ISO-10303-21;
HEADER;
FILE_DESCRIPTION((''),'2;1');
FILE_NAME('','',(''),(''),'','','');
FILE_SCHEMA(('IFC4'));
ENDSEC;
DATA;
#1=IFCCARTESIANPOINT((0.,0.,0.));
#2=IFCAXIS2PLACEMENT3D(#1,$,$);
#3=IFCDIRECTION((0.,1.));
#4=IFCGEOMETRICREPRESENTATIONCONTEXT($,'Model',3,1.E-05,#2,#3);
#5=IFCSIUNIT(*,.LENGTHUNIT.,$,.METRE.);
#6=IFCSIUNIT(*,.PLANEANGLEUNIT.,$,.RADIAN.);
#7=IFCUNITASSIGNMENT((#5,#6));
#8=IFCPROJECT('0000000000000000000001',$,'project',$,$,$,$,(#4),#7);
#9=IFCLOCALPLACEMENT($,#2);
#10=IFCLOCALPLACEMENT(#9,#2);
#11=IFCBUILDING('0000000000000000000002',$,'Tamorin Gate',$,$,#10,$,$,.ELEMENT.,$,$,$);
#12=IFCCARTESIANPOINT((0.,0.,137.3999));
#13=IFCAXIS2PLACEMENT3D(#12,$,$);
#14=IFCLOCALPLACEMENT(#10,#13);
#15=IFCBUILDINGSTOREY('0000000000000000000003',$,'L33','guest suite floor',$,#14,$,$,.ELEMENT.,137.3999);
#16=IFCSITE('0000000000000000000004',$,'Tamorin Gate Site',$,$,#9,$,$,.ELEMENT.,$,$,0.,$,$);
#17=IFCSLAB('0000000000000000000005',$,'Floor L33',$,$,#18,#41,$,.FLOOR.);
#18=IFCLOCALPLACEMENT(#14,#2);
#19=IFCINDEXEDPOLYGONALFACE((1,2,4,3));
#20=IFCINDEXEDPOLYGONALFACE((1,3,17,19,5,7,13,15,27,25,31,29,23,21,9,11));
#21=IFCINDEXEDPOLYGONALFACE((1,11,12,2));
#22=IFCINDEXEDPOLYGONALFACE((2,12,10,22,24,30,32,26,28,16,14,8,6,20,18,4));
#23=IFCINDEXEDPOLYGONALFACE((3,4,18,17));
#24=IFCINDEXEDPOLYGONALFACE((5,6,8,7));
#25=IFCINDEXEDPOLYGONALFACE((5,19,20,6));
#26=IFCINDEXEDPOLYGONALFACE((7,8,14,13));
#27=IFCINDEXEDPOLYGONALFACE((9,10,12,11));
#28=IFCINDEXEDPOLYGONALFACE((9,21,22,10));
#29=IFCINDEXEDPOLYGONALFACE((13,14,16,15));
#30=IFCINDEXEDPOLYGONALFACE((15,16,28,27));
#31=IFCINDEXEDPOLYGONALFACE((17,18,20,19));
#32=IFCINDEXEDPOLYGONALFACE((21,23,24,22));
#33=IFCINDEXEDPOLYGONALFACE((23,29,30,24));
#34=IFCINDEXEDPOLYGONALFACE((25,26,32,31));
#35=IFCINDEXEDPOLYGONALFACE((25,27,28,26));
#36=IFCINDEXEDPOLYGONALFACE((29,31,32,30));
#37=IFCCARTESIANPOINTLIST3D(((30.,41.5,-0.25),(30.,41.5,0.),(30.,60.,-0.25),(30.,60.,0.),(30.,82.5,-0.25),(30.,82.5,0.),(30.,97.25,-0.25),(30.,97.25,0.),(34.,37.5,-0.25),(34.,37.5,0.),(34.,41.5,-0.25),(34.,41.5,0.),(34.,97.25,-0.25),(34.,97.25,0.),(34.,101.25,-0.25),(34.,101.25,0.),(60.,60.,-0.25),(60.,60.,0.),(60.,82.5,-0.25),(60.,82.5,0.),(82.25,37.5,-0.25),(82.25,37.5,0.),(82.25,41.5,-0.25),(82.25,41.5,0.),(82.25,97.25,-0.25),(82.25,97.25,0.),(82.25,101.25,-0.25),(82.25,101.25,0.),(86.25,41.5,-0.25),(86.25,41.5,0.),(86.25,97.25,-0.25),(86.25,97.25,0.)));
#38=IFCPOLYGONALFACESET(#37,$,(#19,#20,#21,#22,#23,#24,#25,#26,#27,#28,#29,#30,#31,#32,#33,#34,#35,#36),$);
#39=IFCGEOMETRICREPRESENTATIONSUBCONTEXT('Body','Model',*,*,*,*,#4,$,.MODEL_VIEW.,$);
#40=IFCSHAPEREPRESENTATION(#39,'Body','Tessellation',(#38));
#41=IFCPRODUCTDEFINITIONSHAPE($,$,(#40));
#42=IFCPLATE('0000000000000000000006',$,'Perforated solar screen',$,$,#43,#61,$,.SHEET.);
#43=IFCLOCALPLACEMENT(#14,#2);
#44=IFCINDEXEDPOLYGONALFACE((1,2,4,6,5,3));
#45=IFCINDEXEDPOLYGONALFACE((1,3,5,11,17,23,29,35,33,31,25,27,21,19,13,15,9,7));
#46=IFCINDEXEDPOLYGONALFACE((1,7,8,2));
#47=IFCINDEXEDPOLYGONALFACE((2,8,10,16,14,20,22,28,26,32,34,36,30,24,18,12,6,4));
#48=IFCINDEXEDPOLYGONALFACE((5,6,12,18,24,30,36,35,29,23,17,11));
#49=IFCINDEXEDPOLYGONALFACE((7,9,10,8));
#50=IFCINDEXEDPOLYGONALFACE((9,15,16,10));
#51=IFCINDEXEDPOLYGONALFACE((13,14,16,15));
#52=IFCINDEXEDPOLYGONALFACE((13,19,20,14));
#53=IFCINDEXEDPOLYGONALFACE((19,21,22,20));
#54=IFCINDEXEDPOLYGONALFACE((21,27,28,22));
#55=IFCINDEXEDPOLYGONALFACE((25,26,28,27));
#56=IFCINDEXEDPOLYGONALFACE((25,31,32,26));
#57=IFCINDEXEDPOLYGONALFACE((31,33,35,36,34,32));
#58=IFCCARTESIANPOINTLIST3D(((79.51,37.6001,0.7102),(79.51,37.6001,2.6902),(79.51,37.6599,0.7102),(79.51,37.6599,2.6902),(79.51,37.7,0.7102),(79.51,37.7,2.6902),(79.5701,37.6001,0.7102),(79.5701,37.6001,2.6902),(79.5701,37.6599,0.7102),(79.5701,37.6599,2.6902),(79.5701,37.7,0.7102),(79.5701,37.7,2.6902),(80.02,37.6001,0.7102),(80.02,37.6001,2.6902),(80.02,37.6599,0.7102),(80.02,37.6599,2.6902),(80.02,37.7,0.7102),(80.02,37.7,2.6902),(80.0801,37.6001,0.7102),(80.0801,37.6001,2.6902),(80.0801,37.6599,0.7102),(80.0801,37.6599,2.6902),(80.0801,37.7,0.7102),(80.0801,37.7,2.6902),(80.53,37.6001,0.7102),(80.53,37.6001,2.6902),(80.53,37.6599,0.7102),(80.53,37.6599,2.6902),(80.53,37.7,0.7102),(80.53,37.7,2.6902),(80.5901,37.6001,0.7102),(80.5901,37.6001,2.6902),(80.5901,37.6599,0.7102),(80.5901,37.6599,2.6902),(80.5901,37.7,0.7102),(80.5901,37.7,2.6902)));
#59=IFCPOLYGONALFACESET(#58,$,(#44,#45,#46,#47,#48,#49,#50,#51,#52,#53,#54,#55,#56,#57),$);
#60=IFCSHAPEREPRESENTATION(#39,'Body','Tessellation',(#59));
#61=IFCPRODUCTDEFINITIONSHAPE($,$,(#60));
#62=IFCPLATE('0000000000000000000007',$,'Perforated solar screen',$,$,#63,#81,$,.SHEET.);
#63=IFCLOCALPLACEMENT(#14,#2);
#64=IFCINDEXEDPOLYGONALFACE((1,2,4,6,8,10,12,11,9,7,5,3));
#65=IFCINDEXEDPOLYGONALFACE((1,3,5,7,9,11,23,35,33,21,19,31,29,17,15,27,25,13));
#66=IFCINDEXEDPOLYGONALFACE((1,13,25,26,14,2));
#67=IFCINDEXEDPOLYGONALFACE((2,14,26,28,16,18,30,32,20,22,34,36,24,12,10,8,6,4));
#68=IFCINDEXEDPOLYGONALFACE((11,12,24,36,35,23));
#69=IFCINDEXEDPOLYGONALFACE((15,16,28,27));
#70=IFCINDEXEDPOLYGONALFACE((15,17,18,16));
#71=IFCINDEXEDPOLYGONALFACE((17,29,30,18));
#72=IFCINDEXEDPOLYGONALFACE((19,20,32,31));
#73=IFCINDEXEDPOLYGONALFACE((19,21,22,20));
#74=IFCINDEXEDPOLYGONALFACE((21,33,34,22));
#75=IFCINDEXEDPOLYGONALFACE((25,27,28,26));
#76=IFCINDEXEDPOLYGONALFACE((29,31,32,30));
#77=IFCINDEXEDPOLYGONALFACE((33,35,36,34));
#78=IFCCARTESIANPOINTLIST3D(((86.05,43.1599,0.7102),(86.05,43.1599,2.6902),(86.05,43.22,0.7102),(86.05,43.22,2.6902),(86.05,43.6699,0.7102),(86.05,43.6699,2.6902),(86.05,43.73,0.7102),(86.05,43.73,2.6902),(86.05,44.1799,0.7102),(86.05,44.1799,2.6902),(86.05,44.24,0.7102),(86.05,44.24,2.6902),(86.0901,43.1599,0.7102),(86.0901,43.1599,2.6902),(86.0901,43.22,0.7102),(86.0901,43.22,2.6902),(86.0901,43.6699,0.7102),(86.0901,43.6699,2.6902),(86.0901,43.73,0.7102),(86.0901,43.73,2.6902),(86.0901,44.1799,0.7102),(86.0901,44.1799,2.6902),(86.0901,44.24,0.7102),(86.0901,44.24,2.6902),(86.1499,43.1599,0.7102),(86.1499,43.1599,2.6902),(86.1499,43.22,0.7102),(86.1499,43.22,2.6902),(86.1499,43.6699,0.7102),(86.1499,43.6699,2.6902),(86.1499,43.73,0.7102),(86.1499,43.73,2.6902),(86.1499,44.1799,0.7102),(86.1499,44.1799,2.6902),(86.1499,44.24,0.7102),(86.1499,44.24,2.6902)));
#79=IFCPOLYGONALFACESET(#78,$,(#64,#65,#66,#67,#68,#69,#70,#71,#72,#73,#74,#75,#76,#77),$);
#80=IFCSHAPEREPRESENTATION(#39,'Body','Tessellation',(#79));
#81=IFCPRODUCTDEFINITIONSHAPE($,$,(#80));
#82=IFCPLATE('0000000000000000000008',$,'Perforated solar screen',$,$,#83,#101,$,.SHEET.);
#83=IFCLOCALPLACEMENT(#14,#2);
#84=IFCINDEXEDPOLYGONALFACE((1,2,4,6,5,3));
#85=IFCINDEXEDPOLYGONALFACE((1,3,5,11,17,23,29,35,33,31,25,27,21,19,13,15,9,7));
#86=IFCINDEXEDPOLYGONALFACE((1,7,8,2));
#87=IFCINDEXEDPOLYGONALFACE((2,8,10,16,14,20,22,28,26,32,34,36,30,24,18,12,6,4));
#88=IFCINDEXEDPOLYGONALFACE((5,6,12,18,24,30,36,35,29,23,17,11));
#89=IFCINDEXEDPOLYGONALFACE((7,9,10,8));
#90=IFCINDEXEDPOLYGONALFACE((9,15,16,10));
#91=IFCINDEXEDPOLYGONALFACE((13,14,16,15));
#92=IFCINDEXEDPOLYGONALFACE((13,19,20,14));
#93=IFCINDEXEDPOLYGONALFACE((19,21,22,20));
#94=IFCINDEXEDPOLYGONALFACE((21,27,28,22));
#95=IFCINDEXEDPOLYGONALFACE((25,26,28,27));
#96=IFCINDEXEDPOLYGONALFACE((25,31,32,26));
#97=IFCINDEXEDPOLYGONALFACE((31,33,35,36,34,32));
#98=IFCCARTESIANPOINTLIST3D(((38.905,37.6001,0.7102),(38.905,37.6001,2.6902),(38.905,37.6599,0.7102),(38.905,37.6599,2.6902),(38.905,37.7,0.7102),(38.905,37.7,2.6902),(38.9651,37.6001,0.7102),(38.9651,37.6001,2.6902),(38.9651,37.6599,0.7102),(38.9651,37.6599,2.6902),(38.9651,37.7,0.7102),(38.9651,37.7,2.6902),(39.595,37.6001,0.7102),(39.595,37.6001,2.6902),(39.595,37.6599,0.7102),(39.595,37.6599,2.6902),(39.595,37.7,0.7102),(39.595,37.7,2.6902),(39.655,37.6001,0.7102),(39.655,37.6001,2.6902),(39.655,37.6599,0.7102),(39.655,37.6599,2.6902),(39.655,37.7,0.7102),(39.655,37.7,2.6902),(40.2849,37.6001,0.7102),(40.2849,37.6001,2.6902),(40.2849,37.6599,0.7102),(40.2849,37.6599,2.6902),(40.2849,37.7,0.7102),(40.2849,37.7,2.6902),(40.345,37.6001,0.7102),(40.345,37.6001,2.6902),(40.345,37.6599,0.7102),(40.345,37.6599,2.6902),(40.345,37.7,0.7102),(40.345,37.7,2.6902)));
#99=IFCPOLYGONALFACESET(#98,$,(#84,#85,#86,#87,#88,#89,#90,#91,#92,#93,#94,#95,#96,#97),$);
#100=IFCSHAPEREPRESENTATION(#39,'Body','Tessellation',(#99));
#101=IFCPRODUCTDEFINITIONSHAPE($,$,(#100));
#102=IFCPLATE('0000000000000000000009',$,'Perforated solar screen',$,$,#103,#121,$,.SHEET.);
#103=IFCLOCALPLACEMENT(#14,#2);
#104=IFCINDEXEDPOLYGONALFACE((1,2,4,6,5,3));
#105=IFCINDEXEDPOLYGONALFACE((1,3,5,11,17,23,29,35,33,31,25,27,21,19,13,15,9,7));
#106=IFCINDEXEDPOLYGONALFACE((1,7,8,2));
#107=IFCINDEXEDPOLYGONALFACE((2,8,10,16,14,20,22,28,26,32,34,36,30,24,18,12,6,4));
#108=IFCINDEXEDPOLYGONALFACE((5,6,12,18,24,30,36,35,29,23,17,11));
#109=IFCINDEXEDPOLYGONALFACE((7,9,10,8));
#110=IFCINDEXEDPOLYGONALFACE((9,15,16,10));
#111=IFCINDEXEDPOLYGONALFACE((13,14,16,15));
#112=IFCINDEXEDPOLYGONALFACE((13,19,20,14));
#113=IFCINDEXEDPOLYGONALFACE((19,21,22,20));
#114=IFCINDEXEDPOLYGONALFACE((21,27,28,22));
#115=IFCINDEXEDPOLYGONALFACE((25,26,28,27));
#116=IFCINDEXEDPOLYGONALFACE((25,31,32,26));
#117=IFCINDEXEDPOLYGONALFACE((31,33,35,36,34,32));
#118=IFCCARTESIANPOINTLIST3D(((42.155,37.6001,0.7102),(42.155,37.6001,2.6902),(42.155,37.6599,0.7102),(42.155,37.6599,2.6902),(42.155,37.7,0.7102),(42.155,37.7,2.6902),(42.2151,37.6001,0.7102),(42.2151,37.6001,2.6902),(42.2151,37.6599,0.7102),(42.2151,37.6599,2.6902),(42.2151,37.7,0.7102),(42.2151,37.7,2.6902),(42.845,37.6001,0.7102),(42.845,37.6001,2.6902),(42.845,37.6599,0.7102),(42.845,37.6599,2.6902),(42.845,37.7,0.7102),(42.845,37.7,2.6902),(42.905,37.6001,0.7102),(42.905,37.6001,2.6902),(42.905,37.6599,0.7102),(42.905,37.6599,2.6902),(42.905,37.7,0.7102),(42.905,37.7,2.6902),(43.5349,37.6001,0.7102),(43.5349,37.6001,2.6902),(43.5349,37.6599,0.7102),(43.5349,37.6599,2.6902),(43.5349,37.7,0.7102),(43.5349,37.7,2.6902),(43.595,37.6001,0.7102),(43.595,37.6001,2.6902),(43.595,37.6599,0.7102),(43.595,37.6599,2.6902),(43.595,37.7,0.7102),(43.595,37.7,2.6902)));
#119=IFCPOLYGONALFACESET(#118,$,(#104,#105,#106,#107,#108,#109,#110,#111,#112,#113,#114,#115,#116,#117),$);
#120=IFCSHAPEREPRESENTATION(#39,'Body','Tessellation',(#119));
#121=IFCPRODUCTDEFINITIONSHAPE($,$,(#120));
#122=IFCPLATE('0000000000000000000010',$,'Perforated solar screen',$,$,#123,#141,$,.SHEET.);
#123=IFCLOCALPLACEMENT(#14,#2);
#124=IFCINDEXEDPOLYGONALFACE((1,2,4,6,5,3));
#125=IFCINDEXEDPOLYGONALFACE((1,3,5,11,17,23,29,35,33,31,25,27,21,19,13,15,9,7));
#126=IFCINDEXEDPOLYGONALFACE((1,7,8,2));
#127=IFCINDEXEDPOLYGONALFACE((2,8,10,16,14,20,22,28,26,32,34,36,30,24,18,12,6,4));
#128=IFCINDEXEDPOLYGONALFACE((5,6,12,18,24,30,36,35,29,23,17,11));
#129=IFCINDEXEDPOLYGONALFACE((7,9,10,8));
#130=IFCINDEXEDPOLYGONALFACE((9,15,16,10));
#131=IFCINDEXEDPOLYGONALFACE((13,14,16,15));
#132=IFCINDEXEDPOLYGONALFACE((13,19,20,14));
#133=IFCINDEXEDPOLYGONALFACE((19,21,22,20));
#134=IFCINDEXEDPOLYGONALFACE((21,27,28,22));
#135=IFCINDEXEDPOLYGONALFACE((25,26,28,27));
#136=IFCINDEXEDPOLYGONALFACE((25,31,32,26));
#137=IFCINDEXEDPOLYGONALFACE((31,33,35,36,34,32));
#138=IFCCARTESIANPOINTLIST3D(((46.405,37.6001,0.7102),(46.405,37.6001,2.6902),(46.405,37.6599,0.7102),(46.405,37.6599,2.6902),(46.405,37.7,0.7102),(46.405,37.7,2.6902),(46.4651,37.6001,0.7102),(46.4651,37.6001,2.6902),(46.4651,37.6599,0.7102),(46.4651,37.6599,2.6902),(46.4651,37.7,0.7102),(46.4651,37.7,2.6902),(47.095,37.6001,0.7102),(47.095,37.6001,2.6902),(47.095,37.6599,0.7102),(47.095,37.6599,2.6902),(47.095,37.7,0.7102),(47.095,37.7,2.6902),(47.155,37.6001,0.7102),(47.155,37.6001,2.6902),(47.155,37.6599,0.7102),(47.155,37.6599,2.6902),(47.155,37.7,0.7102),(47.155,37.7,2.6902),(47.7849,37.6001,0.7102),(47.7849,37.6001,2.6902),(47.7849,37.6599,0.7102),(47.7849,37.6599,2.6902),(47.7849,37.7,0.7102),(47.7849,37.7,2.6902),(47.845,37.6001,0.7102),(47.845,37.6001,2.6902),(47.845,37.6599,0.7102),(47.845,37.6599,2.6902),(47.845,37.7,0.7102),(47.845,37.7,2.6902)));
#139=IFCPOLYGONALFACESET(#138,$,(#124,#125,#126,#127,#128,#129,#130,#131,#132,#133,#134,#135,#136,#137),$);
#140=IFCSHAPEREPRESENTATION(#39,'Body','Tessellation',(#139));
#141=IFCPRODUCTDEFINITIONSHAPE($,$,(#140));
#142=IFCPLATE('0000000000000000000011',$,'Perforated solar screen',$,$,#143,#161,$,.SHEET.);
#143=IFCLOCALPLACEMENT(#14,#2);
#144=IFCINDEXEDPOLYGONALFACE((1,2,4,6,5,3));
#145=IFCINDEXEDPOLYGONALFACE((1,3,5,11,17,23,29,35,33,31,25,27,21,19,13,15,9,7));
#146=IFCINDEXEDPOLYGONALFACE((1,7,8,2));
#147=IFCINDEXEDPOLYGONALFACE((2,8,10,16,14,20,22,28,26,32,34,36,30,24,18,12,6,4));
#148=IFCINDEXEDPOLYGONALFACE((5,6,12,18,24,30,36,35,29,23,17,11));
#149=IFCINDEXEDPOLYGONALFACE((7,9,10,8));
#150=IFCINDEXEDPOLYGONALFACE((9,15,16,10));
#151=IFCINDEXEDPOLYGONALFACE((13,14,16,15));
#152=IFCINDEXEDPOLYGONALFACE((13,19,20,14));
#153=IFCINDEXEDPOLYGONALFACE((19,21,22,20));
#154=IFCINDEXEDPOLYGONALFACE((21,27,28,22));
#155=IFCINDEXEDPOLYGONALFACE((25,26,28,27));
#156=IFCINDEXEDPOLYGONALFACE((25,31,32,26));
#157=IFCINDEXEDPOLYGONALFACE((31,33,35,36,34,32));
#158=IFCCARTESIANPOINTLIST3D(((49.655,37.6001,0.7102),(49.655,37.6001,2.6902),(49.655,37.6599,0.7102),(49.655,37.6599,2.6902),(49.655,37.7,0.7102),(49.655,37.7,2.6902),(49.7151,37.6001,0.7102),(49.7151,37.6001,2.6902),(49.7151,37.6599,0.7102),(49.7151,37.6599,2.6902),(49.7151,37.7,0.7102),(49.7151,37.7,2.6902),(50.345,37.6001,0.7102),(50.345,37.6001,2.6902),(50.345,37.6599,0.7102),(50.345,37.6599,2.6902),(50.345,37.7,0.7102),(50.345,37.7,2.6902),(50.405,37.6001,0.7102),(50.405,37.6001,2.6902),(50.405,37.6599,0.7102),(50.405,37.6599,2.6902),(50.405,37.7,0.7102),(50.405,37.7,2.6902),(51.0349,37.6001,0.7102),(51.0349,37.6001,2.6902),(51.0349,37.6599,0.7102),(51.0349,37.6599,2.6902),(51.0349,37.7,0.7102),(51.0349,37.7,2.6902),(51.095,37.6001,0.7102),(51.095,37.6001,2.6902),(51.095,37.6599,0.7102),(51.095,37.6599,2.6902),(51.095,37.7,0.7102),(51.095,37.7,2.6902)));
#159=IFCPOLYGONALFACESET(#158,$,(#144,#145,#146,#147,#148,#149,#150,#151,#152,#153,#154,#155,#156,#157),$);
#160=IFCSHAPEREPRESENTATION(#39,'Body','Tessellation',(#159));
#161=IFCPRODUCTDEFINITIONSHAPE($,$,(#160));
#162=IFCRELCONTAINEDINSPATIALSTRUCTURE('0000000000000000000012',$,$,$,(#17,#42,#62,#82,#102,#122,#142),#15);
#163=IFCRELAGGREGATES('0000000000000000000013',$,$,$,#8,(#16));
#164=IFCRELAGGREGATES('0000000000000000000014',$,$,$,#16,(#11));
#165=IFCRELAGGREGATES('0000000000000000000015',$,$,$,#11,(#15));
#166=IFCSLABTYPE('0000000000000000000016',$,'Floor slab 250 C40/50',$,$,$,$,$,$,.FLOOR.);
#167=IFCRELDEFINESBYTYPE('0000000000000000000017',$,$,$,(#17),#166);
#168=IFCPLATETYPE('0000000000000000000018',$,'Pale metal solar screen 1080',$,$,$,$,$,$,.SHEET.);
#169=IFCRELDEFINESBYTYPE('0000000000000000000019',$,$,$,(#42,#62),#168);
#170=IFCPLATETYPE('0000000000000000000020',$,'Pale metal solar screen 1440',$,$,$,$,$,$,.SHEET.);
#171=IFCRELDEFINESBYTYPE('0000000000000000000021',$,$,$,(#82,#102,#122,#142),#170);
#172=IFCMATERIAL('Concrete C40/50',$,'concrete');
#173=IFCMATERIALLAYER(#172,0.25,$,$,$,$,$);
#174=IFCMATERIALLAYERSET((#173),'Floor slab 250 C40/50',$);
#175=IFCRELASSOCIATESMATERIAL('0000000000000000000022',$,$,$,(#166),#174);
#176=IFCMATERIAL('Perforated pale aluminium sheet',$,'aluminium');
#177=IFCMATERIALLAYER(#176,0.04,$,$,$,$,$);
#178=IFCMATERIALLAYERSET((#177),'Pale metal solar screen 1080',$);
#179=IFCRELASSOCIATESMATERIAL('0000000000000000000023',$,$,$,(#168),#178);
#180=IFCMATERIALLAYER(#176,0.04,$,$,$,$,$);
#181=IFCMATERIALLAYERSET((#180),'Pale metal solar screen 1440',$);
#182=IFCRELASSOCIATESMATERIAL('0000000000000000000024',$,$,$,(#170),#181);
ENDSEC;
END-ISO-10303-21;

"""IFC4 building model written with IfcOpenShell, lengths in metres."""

from ifc_helpers import new_model, si_unit, direction, frame, origin, place, context, subcontext, project, spatial, polyline, outline, extrude, material, layer, layer_set, type_object, element, save


model = new_model("IFC4")

# Units and contexts
model_context = context("Model", 3, precision=1e-05, world=origin(), true_north=direction((0.0, 1.0)))
body_context = subcontext(model_context, "Body", "Model", "MODEL_VIEW")
ifc_project = project(units=[si_unit("LENGTHUNIT", "METRE"), si_unit("PLANEANGLEUNIT", "RADIAN")], contexts=[model_context])

# Site, building, storey
site_placement = place(None, origin())
site = spatial("IfcSite", under=ifc_project, at=site_placement, Name="Tamorin Gate Site", CompositionType="ELEMENT", RefElevation=0.0)
building_placement = place(site_placement, origin())
building = spatial("IfcBuilding", under=site, at=building_placement, Name="Tamorin Gate", CompositionType="ELEMENT")
storey_placement = place(building_placement, frame((0.0, 0.0, 137.3999)))
storey = spatial("IfcBuildingStorey", under=building, at=storey_placement, Name="L33", Description="guest suite floor", CompositionType="ELEMENT", Elevation=137.3999)

# Slab
ifc_material_1 = material(Name="Concrete C40/50", Category="concrete")
ifc_layer_1 = layer(ifc_material_1, 0.25)
ifc_layer_set_1 = layer_set([ifc_layer_1], Name="Floor slab 250 C40/50")
slab_type = type_object("IfcSlabType", Name="Floor slab 250 C40/50", PredefinedType="FLOOR", material=ifc_layer_set_1)
slab_placement = place(storey_placement, frame((0.0, 0.0, -0.25)))
element("IfcSlab", 1, at=slab_placement, inside=storey, type_object=slab_type, Name="Floor L33", PredefinedType="FLOOR", context=body_context, shape_type="SweptSolid", body=[
    extrude(outline(polyline([(30.0, 97.25), (34.0, 97.25), (34.0, 101.25), (82.25, 101.25), (82.25, 97.25), (86.25, 97.25), (86.25, 41.5), (82.25, 41.5), (82.25, 37.5), (34.0, 37.5), (34.0, 41.5), (30.0, 41.5), (30.0, 60.0), (60.0, 60.0), (60.0, 82.5), (30.0, 82.5), (30.0, 97.25)])), origin(), (0.0, 0.0, 1.0), 0.25),
])

# Plates
ifc_material_2 = material(Name="Perforated pale aluminium sheet", Category="aluminium")
ifc_layer_2 = layer(ifc_material_2, 0.04)
ifc_layer_set_2 = layer_set([ifc_layer_2], Name="Pale metal solar screen 1080")
plate_type_1 = type_object("IfcPlateType", Name="Pale metal solar screen 1080", PredefinedType="SHEET", material=ifc_layer_set_2)
plate_1_placement = place(storey_placement, frame((0.0, 0.0, 0.7102)))
element("IfcPlate", 2, at=plate_1_placement, inside=storey, type_object=plate_type_1, Name="Perforated solar screen", PredefinedType="SHEET", context=body_context, shape_type="SweptSolid", body=[
    extrude(outline(polyline([(79.51, 37.6599), (79.51, 37.7), (79.5701, 37.7), (80.02, 37.7), (80.0801, 37.7), (80.53, 37.7), (80.5901, 37.7), (80.5901, 37.6599), (80.5901, 37.6001), (80.53, 37.6001), (80.53, 37.6599), (80.0801, 37.6599), (80.0801, 37.6001), (80.02, 37.6001), (80.02, 37.6599), (79.5701, 37.6599), (79.5701, 37.6001), (79.51, 37.6001), (79.51, 37.6599)])), origin(), (0.0, 0.0, 1.0), 1.98),
])
plate_2_placement = place(storey_placement, frame((0.0, 0.0, 0.7102)))
element("IfcPlate", 3, at=plate_2_placement, inside=storey, type_object=plate_type_1, Name="Perforated solar screen", PredefinedType="SHEET", context=body_context, shape_type="SweptSolid", body=[
    extrude(outline(polyline([(86.0901, 43.1599), (86.05, 43.1599), (86.05, 43.22), (86.05, 43.6699), (86.05, 43.73), (86.05, 44.1799), (86.05, 44.24), (86.0901, 44.24), (86.1499, 44.24), (86.1499, 44.1799), (86.0901, 44.1799), (86.0901, 43.73), (86.1499, 43.73), (86.1499, 43.6699), (86.0901, 43.6699), (86.0901, 43.22), (86.1499, 43.22), (86.1499, 43.1599), (86.0901, 43.1599)])), origin(), (0.0, 0.0, 1.0), 1.98),
])
ifc_layer_3 = layer(ifc_material_2, 0.04)
ifc_layer_set_3 = layer_set([ifc_layer_3], Name="Pale metal solar screen 1440")
plate_type_2 = type_object("IfcPlateType", Name="Pale metal solar screen 1440", PredefinedType="SHEET", material=ifc_layer_set_3)
plate_3_placement = place(storey_placement, frame((0.0, 0.0, 0.7102)))
element("IfcPlate", 4, at=plate_3_placement, inside=storey, type_object=plate_type_2, Name="Perforated solar screen", PredefinedType="SHEET", context=body_context, shape_type="SweptSolid", body=[
    extrude(outline(polyline([(38.905, 37.6599), (38.905, 37.7), (38.9651, 37.7), (39.595, 37.7), (39.655, 37.7), (40.2849, 37.7), (40.345, 37.7), (40.345, 37.7), (40.345, 37.6599), (40.345, 37.6599), (40.345, 37.6001), (40.2849, 37.6001), (40.2849, 37.6599), (39.655, 37.6599), (39.655, 37.6001), (39.595, 37.6001), (39.595, 37.6599), (38.9651, 37.6599), (38.9651, 37.6001), (38.905, 37.6001), (38.905, 37.6599)])), origin(), (0.0, 0.0, 1.0), 1.98),
])
plate_4_placement = place(storey_placement, frame((0.0, 0.0, 0.7102)))
element("IfcPlate", 5, at=plate_4_placement, inside=storey, type_object=plate_type_2, Name="Perforated solar screen", PredefinedType="SHEET", context=body_context, shape_type="SweptSolid", body=[
    extrude(outline(polyline([(42.155, 37.6599), (42.155, 37.7), (42.2151, 37.7), (42.845, 37.7), (42.905, 37.7), (43.5349, 37.7), (43.595, 37.7), (43.595, 37.6599), (43.595, 37.6001), (43.5349, 37.6001), (43.5349, 37.6599), (42.905, 37.6599), (42.905, 37.6001), (42.845, 37.6001), (42.845, 37.6599), (42.2151, 37.6599), (42.2151, 37.6001), (42.155, 37.6001), (42.155, 37.6599)])), origin(), (0.0, 0.0, 1.0), 1.98),
])
plate_5_placement = place(storey_placement, frame((0.0, 0.0, 0.7102)))
element("IfcPlate", 6, at=plate_5_placement, inside=storey, type_object=plate_type_2, Name="Perforated solar screen", PredefinedType="SHEET", context=body_context, shape_type="SweptSolid", body=[
    extrude(outline(polyline([(46.405, 37.6599), (46.405, 37.7), (46.4651, 37.7), (47.095, 37.7), (47.155, 37.7), (47.7849, 37.7), (47.845, 37.7), (47.845, 37.6599), (47.845, 37.6001), (47.7849, 37.6001), (47.7849, 37.6599), (47.155, 37.6599), (47.155, 37.6001), (47.095, 37.6001), (47.095, 37.6599), (46.4651, 37.6599), (46.4651, 37.6001), (46.405, 37.6001), (46.405, 37.6599)])), origin(), (0.0, 0.0, 1.0), 1.98),
])
plate_6_placement = place(storey_placement, frame((0.0, 0.0, 0.7102)))
element("IfcPlate", 7, at=plate_6_placement, inside=storey, type_object=plate_type_2, Name="Perforated solar screen", PredefinedType="SHEET", context=body_context, shape_type="SweptSolid", body=[
    extrude(outline(polyline([(49.655, 37.6599), (49.655, 37.7), (49.7151, 37.7), (50.345, 37.7), (50.405, 37.7), (51.0349, 37.7), (51.095, 37.7), (51.095, 37.6599), (51.095, 37.6001), (51.0349, 37.6001), (51.0349, 37.6599), (50.405, 37.6599), (50.405, 37.6001), (50.345, 37.6001), (50.345, 37.6599), (49.7151, 37.6599), (49.7151, 37.6001), (49.655, 37.6001), (49.655, 37.6599)])), origin(), (0.0, 0.0, 1.0), 1.98),
])

save(model, "model.ifc")
